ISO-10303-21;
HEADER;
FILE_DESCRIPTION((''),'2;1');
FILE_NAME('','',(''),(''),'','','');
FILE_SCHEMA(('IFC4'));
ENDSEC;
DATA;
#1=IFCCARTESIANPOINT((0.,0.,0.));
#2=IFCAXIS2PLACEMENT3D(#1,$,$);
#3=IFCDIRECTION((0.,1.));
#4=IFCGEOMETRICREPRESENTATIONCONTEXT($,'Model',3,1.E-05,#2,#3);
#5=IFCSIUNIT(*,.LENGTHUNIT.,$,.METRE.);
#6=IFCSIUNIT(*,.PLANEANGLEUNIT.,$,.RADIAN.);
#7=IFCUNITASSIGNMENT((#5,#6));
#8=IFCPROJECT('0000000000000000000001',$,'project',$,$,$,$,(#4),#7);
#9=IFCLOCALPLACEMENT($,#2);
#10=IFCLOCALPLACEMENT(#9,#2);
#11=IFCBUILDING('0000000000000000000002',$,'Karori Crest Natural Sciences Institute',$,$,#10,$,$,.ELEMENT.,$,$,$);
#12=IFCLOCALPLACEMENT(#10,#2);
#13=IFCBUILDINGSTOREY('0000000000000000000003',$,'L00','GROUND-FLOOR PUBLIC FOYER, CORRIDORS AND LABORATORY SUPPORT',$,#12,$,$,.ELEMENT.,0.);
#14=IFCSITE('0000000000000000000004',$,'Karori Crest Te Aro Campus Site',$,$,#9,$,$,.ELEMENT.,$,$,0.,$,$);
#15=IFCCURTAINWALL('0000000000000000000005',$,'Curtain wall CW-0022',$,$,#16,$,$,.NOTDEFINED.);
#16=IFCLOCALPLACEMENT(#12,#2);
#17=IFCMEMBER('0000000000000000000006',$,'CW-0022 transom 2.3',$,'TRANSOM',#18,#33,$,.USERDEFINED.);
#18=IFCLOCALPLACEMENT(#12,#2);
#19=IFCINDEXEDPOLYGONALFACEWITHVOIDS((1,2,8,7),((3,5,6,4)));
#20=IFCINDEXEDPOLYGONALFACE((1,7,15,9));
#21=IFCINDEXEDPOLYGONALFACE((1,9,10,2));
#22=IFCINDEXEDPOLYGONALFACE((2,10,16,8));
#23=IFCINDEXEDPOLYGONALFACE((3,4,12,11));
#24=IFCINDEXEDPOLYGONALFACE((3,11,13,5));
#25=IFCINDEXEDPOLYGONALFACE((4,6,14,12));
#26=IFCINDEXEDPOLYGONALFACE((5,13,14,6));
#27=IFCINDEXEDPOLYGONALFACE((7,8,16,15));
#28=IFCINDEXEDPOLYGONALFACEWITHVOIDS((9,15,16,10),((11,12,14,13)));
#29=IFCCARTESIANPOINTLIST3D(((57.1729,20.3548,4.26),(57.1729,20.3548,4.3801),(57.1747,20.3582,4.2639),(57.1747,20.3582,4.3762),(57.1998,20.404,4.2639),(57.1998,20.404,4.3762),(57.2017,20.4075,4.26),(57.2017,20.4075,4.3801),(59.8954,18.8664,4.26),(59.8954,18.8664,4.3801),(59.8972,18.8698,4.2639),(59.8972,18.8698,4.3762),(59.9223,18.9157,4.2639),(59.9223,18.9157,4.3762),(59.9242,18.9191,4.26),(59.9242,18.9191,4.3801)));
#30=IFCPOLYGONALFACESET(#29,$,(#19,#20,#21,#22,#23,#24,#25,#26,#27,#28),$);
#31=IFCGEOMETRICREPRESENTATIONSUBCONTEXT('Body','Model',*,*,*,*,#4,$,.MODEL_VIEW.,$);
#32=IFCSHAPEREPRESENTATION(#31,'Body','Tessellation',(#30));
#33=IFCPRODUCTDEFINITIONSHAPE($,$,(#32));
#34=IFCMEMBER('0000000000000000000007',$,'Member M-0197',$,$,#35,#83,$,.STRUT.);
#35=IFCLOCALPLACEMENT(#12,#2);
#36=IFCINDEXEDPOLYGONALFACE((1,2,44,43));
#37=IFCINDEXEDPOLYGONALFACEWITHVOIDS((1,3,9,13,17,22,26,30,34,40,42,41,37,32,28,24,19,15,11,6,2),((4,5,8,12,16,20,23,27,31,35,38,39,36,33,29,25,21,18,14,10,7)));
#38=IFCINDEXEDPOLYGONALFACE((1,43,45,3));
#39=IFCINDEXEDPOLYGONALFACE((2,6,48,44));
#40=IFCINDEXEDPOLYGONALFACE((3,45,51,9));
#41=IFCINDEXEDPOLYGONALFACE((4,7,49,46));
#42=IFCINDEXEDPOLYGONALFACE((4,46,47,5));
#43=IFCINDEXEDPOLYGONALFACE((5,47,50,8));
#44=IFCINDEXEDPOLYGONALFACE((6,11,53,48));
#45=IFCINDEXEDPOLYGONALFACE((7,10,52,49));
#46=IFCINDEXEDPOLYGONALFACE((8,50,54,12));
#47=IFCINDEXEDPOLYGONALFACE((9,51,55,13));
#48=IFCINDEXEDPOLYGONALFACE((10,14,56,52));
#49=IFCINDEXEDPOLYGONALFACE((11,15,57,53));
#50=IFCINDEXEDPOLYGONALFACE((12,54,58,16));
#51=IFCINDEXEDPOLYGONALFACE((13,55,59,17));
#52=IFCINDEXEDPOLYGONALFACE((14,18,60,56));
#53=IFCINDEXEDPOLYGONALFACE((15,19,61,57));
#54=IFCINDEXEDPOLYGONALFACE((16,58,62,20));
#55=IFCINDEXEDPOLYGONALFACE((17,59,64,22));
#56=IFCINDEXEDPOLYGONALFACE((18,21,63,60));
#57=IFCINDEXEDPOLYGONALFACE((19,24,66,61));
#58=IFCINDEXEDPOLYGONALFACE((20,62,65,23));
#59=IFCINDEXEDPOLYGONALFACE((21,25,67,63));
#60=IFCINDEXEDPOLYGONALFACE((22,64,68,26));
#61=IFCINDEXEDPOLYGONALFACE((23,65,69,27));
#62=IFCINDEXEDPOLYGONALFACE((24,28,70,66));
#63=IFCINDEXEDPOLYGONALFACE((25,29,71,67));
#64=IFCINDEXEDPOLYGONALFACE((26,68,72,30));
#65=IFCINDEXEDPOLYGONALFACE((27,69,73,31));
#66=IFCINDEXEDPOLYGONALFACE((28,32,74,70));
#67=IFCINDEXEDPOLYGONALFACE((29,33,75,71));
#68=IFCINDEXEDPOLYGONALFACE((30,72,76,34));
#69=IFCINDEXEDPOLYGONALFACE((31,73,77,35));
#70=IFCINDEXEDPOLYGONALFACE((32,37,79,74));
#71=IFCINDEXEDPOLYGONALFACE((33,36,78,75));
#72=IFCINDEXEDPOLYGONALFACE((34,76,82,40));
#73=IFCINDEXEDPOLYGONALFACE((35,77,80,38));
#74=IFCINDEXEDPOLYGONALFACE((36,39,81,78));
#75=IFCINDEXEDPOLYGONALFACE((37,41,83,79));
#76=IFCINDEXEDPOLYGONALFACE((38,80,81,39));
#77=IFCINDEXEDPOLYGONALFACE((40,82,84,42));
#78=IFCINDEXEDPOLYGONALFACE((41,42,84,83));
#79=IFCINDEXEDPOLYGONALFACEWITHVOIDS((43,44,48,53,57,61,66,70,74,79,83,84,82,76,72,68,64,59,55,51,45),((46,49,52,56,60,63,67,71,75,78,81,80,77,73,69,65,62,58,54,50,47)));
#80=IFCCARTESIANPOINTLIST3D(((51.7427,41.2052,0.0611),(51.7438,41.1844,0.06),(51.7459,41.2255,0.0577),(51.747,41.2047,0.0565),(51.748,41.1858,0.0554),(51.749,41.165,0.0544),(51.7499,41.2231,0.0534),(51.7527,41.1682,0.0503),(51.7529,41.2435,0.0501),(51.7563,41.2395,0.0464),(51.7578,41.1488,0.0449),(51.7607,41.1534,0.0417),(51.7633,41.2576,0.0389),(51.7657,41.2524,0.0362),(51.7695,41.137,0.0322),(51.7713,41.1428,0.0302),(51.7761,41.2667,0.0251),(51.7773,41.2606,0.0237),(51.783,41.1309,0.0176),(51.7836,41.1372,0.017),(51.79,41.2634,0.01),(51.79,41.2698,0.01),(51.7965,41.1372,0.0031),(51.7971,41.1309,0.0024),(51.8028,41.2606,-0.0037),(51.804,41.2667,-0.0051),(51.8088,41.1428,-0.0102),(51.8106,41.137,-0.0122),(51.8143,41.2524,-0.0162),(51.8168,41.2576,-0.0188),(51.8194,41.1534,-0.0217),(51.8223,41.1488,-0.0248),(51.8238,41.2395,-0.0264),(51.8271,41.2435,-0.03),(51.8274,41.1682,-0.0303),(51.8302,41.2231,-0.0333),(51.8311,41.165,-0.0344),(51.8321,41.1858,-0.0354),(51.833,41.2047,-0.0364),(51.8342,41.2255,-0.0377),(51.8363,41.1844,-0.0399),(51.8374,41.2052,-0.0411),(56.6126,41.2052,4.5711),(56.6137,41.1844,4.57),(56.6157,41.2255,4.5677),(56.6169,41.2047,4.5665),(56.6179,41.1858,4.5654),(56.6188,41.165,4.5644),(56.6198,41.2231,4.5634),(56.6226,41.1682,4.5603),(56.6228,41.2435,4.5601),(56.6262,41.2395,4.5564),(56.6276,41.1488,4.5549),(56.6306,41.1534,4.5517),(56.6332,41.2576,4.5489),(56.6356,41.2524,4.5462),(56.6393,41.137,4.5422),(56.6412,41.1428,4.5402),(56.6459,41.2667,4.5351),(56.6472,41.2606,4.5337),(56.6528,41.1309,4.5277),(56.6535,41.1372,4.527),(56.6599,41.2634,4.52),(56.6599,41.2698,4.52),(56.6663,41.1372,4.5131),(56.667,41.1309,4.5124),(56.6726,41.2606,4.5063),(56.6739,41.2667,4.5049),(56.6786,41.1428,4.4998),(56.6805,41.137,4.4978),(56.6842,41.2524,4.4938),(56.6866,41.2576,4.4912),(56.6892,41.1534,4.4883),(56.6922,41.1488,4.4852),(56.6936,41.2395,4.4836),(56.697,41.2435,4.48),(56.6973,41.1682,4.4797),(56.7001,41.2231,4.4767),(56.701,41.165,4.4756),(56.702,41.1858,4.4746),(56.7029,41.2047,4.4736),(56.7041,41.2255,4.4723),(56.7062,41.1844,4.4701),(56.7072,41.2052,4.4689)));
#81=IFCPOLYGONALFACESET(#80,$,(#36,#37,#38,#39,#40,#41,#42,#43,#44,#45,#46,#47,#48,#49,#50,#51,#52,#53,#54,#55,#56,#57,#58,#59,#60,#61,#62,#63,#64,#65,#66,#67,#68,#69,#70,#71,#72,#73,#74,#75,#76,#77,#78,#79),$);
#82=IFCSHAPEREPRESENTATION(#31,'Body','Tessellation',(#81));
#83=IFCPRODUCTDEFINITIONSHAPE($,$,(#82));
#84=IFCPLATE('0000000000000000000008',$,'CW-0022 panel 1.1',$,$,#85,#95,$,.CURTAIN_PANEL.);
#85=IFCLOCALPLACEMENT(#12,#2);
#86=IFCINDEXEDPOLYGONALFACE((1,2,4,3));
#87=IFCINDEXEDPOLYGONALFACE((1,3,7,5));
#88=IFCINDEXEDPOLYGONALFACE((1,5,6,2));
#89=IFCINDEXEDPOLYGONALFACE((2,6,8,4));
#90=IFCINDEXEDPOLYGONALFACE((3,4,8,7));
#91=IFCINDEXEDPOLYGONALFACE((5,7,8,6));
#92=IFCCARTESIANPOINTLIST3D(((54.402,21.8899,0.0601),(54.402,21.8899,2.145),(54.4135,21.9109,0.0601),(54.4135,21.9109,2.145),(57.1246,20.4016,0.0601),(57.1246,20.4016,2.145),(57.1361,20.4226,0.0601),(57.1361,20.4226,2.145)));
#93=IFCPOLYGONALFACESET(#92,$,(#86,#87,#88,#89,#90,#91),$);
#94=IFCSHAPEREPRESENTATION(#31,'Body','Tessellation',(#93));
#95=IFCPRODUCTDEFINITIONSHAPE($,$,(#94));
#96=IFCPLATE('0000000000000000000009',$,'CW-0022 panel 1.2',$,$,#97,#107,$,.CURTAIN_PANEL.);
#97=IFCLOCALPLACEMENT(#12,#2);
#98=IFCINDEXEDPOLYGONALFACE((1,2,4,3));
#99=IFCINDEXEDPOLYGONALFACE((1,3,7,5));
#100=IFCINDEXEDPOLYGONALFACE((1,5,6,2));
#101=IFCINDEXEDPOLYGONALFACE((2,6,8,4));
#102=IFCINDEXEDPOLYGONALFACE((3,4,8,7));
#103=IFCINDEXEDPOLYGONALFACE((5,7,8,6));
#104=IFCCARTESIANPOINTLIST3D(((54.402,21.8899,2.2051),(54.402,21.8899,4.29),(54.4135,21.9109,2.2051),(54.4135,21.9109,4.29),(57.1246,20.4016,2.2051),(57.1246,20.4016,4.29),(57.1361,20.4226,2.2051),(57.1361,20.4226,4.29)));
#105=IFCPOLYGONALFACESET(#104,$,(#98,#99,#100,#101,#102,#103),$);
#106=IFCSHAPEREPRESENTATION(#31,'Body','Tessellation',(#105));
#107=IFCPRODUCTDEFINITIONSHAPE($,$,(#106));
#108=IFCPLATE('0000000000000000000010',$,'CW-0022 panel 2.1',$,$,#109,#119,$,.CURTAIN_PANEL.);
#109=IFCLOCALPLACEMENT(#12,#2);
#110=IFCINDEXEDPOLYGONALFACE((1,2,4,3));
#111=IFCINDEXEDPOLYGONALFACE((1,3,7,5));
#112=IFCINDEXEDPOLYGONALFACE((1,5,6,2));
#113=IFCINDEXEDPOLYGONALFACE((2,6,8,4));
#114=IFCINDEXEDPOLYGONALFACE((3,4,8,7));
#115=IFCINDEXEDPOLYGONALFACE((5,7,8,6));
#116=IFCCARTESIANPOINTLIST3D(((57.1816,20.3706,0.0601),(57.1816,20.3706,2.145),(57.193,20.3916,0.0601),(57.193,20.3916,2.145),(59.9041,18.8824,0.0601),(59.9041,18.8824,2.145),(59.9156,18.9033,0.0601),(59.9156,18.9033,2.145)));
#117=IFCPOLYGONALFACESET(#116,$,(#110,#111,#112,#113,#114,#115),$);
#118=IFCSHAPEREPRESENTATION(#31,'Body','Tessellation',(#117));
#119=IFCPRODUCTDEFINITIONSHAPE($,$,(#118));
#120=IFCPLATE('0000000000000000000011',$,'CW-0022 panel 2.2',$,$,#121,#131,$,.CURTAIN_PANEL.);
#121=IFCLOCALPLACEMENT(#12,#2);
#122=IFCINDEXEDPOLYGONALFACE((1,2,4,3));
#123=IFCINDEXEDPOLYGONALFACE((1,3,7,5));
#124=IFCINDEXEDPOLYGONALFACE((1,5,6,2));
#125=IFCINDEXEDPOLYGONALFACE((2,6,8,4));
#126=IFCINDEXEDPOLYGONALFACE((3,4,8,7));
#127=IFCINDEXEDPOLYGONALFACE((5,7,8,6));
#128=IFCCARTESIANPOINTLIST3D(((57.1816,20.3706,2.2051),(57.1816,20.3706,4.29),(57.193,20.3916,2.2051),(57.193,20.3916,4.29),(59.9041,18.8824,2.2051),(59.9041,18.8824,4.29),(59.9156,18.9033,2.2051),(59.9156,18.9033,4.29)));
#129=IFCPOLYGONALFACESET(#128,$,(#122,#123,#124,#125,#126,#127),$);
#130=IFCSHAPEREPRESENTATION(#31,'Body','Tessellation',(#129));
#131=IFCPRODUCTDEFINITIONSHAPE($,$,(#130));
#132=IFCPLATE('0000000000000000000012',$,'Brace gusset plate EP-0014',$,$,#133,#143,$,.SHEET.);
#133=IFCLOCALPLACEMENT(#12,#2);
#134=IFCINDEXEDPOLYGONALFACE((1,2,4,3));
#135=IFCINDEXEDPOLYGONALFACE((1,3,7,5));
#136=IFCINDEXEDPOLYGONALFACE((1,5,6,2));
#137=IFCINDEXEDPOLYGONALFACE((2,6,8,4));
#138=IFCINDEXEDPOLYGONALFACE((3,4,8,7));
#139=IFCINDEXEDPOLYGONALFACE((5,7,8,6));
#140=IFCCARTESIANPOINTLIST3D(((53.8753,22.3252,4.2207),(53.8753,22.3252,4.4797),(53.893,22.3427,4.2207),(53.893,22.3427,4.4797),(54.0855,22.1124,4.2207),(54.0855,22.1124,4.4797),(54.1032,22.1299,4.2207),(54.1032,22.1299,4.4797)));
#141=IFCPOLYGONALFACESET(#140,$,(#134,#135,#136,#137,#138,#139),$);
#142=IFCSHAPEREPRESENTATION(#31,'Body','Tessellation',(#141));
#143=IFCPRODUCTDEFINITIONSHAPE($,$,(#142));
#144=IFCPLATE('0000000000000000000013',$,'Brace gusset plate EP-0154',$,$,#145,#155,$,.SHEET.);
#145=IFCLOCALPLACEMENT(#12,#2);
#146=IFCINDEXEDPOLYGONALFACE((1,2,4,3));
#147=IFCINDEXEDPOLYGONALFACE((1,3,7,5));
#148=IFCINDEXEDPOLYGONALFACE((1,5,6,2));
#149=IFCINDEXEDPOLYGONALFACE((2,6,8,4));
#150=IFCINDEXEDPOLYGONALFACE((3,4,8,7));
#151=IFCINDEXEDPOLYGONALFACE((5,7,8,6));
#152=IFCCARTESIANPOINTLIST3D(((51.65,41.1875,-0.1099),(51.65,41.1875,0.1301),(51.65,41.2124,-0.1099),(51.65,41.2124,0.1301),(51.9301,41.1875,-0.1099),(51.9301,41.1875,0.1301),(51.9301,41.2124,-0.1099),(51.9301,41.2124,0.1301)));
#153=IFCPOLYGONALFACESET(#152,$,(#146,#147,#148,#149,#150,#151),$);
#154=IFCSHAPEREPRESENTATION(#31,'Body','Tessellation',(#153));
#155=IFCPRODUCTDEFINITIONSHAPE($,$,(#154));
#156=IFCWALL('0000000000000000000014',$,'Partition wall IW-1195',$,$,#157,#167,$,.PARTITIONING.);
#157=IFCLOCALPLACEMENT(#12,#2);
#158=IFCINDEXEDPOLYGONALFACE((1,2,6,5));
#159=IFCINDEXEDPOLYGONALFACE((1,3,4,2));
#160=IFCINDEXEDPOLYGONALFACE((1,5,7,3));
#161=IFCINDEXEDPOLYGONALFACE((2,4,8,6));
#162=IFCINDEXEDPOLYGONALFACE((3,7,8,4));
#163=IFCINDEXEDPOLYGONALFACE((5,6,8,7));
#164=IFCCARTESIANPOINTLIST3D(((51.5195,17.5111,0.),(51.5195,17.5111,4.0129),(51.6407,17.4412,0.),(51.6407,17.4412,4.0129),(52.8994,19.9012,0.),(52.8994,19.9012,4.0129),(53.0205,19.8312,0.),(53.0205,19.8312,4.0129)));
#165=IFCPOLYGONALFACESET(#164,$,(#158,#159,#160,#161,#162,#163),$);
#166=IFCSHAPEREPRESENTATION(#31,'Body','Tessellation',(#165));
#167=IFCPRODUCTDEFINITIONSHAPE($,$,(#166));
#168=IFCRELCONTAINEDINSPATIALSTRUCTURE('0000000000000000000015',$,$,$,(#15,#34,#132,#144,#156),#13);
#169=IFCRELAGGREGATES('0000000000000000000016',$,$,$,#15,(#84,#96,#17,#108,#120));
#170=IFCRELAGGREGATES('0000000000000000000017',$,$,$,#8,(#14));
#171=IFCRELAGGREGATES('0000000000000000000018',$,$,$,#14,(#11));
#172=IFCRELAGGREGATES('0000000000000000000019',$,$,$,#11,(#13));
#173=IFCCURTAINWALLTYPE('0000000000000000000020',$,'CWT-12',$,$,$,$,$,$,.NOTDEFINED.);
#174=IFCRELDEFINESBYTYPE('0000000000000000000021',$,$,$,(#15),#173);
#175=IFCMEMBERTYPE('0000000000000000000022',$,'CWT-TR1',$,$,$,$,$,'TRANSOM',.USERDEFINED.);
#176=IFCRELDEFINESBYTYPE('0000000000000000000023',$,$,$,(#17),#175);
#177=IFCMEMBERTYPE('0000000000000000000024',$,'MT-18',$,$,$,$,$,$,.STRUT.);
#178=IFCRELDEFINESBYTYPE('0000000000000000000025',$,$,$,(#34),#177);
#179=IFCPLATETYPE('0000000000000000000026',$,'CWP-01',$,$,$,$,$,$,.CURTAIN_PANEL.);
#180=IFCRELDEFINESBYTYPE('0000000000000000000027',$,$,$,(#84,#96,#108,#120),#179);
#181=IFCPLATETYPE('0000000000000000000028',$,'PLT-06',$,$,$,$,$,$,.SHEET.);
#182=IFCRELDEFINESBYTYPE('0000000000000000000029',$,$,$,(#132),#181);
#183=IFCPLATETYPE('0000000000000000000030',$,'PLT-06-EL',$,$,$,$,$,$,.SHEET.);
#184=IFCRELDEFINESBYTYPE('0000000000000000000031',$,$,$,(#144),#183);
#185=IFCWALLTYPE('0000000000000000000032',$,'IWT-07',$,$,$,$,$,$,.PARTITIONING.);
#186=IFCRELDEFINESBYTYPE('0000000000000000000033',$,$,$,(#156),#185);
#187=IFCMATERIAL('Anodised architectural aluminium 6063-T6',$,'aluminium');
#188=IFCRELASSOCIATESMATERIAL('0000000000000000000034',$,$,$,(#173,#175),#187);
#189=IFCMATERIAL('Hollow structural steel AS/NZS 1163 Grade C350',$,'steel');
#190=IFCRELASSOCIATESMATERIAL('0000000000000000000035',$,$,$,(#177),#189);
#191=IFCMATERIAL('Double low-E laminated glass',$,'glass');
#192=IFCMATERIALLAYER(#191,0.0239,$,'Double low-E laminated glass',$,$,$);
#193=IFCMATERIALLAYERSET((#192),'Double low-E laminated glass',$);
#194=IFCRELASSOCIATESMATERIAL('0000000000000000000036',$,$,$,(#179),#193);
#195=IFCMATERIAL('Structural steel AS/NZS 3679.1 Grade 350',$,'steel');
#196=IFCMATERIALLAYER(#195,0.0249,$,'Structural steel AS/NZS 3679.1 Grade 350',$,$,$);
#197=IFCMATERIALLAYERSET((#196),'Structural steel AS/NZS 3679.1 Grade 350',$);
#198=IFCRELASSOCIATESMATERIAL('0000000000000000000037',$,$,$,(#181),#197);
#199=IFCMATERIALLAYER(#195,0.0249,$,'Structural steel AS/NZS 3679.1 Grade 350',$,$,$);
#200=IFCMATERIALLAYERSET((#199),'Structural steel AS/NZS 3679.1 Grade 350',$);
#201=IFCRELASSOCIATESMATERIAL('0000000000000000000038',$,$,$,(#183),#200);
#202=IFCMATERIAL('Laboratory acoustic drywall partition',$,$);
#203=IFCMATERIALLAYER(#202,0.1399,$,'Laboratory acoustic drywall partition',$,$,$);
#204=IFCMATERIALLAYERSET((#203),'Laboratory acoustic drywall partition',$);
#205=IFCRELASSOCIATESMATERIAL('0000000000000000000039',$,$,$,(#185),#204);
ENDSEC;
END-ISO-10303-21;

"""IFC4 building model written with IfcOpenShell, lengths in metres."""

from ifc_helpers import new_model, si_unit, direction, frame, frame_2d, origin, origin_2d, place, context, subcontext, project, spatial, rectangle, hollow_rectangle, hollow_circle, extrude, material, layer, layer_set, material_profile, profile_set, type_object, element, aggregate, save


model = new_model("IFC4")

# Units and contexts
model_context = context("Model", 3, precision=1e-05, world=origin(), true_north=direction((0.0, 1.0)))
body_context = subcontext(model_context, "Body", "Model", "MODEL_VIEW")
ifc_project = project(units=[si_unit("LENGTHUNIT", "METRE"), si_unit("PLANEANGLEUNIT", "RADIAN")], contexts=[model_context])

# Site, building, storey
site_placement = place(None, origin())
site = spatial("IfcSite", under=ifc_project, at=site_placement, Name="Karori Crest Te Aro Campus Site", CompositionType="ELEMENT", RefElevation=0.0)
building_placement = place(site_placement, origin())
building = spatial("IfcBuilding", under=site, at=building_placement, Name="Karori Crest Natural Sciences Institute", CompositionType="ELEMENT")
storey_placement = place(building_placement, origin())
storey = spatial("IfcBuildingStorey", under=building, at=storey_placement, Name="L00", Description="GROUND-FLOOR PUBLIC FOYER, CORRIDORS AND LABORATORY SUPPORT", CompositionType="ELEMENT", Elevation=0.0)

# Shared definitions
ifc_material_1 = material(Name="Hollow structural steel AS/NZS 1163 Grade C350", Category="steel")
ifc_material_2 = material(Name="Structural steel AS/NZS 3679.1 Grade 350", Category="steel")

# Curtain wall
ifc_material_3 = material(Name="Anodised architectural aluminium 6063-T6", Category="aluminium")
curtain_wall_type_1 = type_object("IfcCurtainWallType", Name="CWT-12", PredefinedType="NOTDEFINED", material=ifc_material_3)
curtain_wall_1_placement = place(storey_placement, origin())
curtain_wall_1 = element("IfcCurtainWall", 1, at=curtain_wall_1_placement, inside=storey, type_object=curtain_wall_type_1, Name="Curtain wall CW-0022", PredefinedType="NOTDEFINED")
ifc_material_profile_1 = material_profile(ifc_material_3, hollow_rectangle(XDim=0.0601, YDim=0.1201, WallThickness=0.0039, at=origin_2d()), Name="CWT120x60x4")
ifc_profile_set_1 = profile_set([ifc_material_profile_1], Name="Anodised architectural aluminium 6063-T6")
member_type_1 = type_object("IfcMemberType", Name="CWT-TR1", ElementType="TRANSOM", PredefinedType="USERDEFINED", material=ifc_profile_set_1)

# Members
member_1_placement = place(storey_placement, frame((57.1873, 20.3811, 4.3201), z_axis=(0.877444, -0.479679, 0.0), x_axis=(0.479679, 0.877444, 0.0)))
member_1 = element("IfcMember", 2, at=member_1_placement, type_object=member_type_1, Name="CW-0022 transom 2.3", ObjectType="TRANSOM", PredefinedType="USERDEFINED", context=body_context, shape_type="SweptSolid", body=[
    extrude(hollow_rectangle(XDim=0.0601, YDim=0.1201, WallThickness=0.0039, at=origin_2d()), origin(), (0.0, 0.0, 1.0), 3.1028),
])
ifc_material_profile_2 = material_profile(ifc_material_1, hollow_circle(Radius=0.0698, WallThickness=0.0063, at=origin_2d()), Name="CHS139.7x6.4")
ifc_profile_set_2 = profile_set([ifc_material_profile_2], Name="Hollow structural steel AS/NZS 1163 Grade C350")
member_type_2 = type_object("IfcMemberType", Name="MT-18", PredefinedType="STRUT", material=ifc_profile_set_2)
member_2_placement = place(storey_placement, frame((51.79, 41.2, 0.01), z_axis=(0.733695, 0.0, 0.679478), x_axis=(0.0, 1.0, 0.0)))
element("IfcMember", 3, at=member_2_placement, inside=storey, type_object=member_type_2, Name="Member M-0197", PredefinedType="STRUT", context=body_context, shape_type="SweptSolid", body=[
    extrude(hollow_circle(Radius=0.0698, WallThickness=0.0063, at=origin_2d()), origin(), (0.0, 0.0, 1.0), 6.6375),
])

# Plates
ifc_material_4 = material(Name="Double low-E laminated glass", Category="glass")
ifc_layer_1 = layer(ifc_material_4, 0.0239, Name="Double low-E laminated glass")
ifc_layer_set_1 = layer_set([ifc_layer_1], Name="Double low-E laminated glass")
plate_type_1 = type_object("IfcPlateType", Name="CWP-01", PredefinedType="CURTAIN_PANEL", material=ifc_layer_set_1)
plate_1_placement = place(storey_placement, frame((55.769, 21.1562, 0.0601), z_axis=(0.0, 0.0, 1.0), x_axis=(0.877464, -0.479643, 0.0)))
plate_1 = element("IfcPlate", 4, at=plate_1_placement, type_object=plate_type_1, Name="CW-0022 panel 1.1", PredefinedType="CURTAIN_PANEL", context=body_context, shape_type="SweptSolid", body=[
    extrude(rectangle(XDim=3.1028, YDim=0.0239, at=origin_2d()), origin(), (0.0, 0.0, 1.0), 2.085),
])
plate_2_placement = place(storey_placement, frame((55.769, 21.1562, 2.2051), z_axis=(0.0, 0.0, 1.0), x_axis=(0.877464, -0.479643, 0.0)))
plate_2 = element("IfcPlate", 5, at=plate_2_placement, type_object=plate_type_1, Name="CW-0022 panel 1.2", PredefinedType="CURTAIN_PANEL", context=body_context, shape_type="SweptSolid", body=[
    extrude(rectangle(XDim=3.1028, YDim=0.0239, at=origin_2d()), origin(), (0.0, 0.0, 1.0), 2.085),
])
plate_3_placement = place(storey_placement, frame((58.5486, 19.637, 0.0601), z_axis=(0.0, 0.0, 1.0), x_axis=(0.877464, -0.479643, 0.0)))
plate_3 = element("IfcPlate", 6, at=plate_3_placement, type_object=plate_type_1, Name="CW-0022 panel 2.1", PredefinedType="CURTAIN_PANEL", context=body_context, shape_type="SweptSolid", body=[
    extrude(rectangle(XDim=3.1028, YDim=0.0239, at=origin_2d()), origin(), (0.0, 0.0, 1.0), 2.085),
])
plate_4_placement = place(storey_placement, frame((58.5486, 19.637, 2.2051), z_axis=(0.0, 0.0, 1.0), x_axis=(0.877464, -0.479643, 0.0)))
plate_4 = element("IfcPlate", 7, at=plate_4_placement, type_object=plate_type_1, Name="CW-0022 panel 2.2", PredefinedType="CURTAIN_PANEL", context=body_context, shape_type="SweptSolid", body=[
    extrude(rectangle(XDim=3.1028, YDim=0.0239, at=origin_2d()), origin(), (0.0, 0.0, 1.0), 2.085),
])
aggregate(curtain_wall_1, [plate_1, plate_2, member_1, plate_3, plate_4])

# Plates
ifc_layer_2 = layer(ifc_material_2, 0.0249, Name="Structural steel AS/NZS 3679.1 Grade 350")
ifc_layer_set_2 = layer_set([ifc_layer_2], Name="Structural steel AS/NZS 3679.1 Grade 350")
plate_type_2 = type_object("IfcPlateType", Name="PLT-06", PredefinedType="SHEET", material=ifc_layer_set_2)
plate_5_placement = place(storey_placement, frame((53.9893, 22.2275, 4.2207), z_axis=(0.0, 0.0, 1.0), x_axis=(-0.702664, 0.711522, 0.0)))
element("IfcPlate", 8, at=plate_5_placement, inside=storey, type_object=plate_type_2, Name="Brace gusset plate EP-0014", PredefinedType="SHEET", context=body_context, shape_type="SweptSolid", body=[
    extrude(rectangle(XDim=0.2991, YDim=0.0249, at=origin_2d()), origin(), (0.0, 0.0, 1.0), 0.259),
])
ifc_layer_3 = layer(ifc_material_2, 0.0249, Name="Structural steel AS/NZS 3679.1 Grade 350")
ifc_layer_set_3 = layer_set([ifc_layer_3], Name="Structural steel AS/NZS 3679.1 Grade 350")
plate_type_3 = type_object("IfcPlateType", Name="PLT-06-EL", PredefinedType="SHEET", material=ifc_layer_set_3)
plate_6_placement = place(storey_placement, frame((51.79, 41.2, -0.1099), z_axis=(0.0, 0.0, 1.0), x_axis=(1.0, 0.0, 0.0)))
element("IfcPlate", 9, at=plate_6_placement, inside=storey, type_object=plate_type_3, Name="Brace gusset plate EP-0154", PredefinedType="SHEET", context=body_context, shape_type="SweptSolid", body=[
    extrude(rectangle(XDim=0.28, YDim=0.0249, at=origin_2d()), origin(), (0.0, 0.0, 1.0), 0.24),
])

# Wall
ifc_material_5 = material(Name="Laboratory acoustic drywall partition")
ifc_layer_4 = layer(ifc_material_5, 0.1399, Name="Laboratory acoustic drywall partition")
ifc_layer_set_4 = layer_set([ifc_layer_4], Name="Laboratory acoustic drywall partition")
wall_type_1 = type_object("IfcWallType", Name="IWT-07", PredefinedType="PARTITIONING", material=ifc_layer_set_4)
wall_1_placement = place(storey_placement, frame((52.96, 19.8662, 0.0), z_axis=(0.0, 0.0, 1.0), x_axis=(-0.499983, -0.866035, 0.0)))
element("IfcWall", 10, at=wall_1_placement, inside=storey, type_object=wall_type_1, Name="Partition wall IW-1195", PredefinedType="PARTITIONING", context=body_context, shape_type="SweptSolid", body=[
    extrude(rectangle(XDim=2.7598, YDim=0.1399, at=frame_2d((1.3799, 0.0))), origin(), (0.0, 0.0, 1.0), 4.0129),
])

save(model, "model.ifc")
